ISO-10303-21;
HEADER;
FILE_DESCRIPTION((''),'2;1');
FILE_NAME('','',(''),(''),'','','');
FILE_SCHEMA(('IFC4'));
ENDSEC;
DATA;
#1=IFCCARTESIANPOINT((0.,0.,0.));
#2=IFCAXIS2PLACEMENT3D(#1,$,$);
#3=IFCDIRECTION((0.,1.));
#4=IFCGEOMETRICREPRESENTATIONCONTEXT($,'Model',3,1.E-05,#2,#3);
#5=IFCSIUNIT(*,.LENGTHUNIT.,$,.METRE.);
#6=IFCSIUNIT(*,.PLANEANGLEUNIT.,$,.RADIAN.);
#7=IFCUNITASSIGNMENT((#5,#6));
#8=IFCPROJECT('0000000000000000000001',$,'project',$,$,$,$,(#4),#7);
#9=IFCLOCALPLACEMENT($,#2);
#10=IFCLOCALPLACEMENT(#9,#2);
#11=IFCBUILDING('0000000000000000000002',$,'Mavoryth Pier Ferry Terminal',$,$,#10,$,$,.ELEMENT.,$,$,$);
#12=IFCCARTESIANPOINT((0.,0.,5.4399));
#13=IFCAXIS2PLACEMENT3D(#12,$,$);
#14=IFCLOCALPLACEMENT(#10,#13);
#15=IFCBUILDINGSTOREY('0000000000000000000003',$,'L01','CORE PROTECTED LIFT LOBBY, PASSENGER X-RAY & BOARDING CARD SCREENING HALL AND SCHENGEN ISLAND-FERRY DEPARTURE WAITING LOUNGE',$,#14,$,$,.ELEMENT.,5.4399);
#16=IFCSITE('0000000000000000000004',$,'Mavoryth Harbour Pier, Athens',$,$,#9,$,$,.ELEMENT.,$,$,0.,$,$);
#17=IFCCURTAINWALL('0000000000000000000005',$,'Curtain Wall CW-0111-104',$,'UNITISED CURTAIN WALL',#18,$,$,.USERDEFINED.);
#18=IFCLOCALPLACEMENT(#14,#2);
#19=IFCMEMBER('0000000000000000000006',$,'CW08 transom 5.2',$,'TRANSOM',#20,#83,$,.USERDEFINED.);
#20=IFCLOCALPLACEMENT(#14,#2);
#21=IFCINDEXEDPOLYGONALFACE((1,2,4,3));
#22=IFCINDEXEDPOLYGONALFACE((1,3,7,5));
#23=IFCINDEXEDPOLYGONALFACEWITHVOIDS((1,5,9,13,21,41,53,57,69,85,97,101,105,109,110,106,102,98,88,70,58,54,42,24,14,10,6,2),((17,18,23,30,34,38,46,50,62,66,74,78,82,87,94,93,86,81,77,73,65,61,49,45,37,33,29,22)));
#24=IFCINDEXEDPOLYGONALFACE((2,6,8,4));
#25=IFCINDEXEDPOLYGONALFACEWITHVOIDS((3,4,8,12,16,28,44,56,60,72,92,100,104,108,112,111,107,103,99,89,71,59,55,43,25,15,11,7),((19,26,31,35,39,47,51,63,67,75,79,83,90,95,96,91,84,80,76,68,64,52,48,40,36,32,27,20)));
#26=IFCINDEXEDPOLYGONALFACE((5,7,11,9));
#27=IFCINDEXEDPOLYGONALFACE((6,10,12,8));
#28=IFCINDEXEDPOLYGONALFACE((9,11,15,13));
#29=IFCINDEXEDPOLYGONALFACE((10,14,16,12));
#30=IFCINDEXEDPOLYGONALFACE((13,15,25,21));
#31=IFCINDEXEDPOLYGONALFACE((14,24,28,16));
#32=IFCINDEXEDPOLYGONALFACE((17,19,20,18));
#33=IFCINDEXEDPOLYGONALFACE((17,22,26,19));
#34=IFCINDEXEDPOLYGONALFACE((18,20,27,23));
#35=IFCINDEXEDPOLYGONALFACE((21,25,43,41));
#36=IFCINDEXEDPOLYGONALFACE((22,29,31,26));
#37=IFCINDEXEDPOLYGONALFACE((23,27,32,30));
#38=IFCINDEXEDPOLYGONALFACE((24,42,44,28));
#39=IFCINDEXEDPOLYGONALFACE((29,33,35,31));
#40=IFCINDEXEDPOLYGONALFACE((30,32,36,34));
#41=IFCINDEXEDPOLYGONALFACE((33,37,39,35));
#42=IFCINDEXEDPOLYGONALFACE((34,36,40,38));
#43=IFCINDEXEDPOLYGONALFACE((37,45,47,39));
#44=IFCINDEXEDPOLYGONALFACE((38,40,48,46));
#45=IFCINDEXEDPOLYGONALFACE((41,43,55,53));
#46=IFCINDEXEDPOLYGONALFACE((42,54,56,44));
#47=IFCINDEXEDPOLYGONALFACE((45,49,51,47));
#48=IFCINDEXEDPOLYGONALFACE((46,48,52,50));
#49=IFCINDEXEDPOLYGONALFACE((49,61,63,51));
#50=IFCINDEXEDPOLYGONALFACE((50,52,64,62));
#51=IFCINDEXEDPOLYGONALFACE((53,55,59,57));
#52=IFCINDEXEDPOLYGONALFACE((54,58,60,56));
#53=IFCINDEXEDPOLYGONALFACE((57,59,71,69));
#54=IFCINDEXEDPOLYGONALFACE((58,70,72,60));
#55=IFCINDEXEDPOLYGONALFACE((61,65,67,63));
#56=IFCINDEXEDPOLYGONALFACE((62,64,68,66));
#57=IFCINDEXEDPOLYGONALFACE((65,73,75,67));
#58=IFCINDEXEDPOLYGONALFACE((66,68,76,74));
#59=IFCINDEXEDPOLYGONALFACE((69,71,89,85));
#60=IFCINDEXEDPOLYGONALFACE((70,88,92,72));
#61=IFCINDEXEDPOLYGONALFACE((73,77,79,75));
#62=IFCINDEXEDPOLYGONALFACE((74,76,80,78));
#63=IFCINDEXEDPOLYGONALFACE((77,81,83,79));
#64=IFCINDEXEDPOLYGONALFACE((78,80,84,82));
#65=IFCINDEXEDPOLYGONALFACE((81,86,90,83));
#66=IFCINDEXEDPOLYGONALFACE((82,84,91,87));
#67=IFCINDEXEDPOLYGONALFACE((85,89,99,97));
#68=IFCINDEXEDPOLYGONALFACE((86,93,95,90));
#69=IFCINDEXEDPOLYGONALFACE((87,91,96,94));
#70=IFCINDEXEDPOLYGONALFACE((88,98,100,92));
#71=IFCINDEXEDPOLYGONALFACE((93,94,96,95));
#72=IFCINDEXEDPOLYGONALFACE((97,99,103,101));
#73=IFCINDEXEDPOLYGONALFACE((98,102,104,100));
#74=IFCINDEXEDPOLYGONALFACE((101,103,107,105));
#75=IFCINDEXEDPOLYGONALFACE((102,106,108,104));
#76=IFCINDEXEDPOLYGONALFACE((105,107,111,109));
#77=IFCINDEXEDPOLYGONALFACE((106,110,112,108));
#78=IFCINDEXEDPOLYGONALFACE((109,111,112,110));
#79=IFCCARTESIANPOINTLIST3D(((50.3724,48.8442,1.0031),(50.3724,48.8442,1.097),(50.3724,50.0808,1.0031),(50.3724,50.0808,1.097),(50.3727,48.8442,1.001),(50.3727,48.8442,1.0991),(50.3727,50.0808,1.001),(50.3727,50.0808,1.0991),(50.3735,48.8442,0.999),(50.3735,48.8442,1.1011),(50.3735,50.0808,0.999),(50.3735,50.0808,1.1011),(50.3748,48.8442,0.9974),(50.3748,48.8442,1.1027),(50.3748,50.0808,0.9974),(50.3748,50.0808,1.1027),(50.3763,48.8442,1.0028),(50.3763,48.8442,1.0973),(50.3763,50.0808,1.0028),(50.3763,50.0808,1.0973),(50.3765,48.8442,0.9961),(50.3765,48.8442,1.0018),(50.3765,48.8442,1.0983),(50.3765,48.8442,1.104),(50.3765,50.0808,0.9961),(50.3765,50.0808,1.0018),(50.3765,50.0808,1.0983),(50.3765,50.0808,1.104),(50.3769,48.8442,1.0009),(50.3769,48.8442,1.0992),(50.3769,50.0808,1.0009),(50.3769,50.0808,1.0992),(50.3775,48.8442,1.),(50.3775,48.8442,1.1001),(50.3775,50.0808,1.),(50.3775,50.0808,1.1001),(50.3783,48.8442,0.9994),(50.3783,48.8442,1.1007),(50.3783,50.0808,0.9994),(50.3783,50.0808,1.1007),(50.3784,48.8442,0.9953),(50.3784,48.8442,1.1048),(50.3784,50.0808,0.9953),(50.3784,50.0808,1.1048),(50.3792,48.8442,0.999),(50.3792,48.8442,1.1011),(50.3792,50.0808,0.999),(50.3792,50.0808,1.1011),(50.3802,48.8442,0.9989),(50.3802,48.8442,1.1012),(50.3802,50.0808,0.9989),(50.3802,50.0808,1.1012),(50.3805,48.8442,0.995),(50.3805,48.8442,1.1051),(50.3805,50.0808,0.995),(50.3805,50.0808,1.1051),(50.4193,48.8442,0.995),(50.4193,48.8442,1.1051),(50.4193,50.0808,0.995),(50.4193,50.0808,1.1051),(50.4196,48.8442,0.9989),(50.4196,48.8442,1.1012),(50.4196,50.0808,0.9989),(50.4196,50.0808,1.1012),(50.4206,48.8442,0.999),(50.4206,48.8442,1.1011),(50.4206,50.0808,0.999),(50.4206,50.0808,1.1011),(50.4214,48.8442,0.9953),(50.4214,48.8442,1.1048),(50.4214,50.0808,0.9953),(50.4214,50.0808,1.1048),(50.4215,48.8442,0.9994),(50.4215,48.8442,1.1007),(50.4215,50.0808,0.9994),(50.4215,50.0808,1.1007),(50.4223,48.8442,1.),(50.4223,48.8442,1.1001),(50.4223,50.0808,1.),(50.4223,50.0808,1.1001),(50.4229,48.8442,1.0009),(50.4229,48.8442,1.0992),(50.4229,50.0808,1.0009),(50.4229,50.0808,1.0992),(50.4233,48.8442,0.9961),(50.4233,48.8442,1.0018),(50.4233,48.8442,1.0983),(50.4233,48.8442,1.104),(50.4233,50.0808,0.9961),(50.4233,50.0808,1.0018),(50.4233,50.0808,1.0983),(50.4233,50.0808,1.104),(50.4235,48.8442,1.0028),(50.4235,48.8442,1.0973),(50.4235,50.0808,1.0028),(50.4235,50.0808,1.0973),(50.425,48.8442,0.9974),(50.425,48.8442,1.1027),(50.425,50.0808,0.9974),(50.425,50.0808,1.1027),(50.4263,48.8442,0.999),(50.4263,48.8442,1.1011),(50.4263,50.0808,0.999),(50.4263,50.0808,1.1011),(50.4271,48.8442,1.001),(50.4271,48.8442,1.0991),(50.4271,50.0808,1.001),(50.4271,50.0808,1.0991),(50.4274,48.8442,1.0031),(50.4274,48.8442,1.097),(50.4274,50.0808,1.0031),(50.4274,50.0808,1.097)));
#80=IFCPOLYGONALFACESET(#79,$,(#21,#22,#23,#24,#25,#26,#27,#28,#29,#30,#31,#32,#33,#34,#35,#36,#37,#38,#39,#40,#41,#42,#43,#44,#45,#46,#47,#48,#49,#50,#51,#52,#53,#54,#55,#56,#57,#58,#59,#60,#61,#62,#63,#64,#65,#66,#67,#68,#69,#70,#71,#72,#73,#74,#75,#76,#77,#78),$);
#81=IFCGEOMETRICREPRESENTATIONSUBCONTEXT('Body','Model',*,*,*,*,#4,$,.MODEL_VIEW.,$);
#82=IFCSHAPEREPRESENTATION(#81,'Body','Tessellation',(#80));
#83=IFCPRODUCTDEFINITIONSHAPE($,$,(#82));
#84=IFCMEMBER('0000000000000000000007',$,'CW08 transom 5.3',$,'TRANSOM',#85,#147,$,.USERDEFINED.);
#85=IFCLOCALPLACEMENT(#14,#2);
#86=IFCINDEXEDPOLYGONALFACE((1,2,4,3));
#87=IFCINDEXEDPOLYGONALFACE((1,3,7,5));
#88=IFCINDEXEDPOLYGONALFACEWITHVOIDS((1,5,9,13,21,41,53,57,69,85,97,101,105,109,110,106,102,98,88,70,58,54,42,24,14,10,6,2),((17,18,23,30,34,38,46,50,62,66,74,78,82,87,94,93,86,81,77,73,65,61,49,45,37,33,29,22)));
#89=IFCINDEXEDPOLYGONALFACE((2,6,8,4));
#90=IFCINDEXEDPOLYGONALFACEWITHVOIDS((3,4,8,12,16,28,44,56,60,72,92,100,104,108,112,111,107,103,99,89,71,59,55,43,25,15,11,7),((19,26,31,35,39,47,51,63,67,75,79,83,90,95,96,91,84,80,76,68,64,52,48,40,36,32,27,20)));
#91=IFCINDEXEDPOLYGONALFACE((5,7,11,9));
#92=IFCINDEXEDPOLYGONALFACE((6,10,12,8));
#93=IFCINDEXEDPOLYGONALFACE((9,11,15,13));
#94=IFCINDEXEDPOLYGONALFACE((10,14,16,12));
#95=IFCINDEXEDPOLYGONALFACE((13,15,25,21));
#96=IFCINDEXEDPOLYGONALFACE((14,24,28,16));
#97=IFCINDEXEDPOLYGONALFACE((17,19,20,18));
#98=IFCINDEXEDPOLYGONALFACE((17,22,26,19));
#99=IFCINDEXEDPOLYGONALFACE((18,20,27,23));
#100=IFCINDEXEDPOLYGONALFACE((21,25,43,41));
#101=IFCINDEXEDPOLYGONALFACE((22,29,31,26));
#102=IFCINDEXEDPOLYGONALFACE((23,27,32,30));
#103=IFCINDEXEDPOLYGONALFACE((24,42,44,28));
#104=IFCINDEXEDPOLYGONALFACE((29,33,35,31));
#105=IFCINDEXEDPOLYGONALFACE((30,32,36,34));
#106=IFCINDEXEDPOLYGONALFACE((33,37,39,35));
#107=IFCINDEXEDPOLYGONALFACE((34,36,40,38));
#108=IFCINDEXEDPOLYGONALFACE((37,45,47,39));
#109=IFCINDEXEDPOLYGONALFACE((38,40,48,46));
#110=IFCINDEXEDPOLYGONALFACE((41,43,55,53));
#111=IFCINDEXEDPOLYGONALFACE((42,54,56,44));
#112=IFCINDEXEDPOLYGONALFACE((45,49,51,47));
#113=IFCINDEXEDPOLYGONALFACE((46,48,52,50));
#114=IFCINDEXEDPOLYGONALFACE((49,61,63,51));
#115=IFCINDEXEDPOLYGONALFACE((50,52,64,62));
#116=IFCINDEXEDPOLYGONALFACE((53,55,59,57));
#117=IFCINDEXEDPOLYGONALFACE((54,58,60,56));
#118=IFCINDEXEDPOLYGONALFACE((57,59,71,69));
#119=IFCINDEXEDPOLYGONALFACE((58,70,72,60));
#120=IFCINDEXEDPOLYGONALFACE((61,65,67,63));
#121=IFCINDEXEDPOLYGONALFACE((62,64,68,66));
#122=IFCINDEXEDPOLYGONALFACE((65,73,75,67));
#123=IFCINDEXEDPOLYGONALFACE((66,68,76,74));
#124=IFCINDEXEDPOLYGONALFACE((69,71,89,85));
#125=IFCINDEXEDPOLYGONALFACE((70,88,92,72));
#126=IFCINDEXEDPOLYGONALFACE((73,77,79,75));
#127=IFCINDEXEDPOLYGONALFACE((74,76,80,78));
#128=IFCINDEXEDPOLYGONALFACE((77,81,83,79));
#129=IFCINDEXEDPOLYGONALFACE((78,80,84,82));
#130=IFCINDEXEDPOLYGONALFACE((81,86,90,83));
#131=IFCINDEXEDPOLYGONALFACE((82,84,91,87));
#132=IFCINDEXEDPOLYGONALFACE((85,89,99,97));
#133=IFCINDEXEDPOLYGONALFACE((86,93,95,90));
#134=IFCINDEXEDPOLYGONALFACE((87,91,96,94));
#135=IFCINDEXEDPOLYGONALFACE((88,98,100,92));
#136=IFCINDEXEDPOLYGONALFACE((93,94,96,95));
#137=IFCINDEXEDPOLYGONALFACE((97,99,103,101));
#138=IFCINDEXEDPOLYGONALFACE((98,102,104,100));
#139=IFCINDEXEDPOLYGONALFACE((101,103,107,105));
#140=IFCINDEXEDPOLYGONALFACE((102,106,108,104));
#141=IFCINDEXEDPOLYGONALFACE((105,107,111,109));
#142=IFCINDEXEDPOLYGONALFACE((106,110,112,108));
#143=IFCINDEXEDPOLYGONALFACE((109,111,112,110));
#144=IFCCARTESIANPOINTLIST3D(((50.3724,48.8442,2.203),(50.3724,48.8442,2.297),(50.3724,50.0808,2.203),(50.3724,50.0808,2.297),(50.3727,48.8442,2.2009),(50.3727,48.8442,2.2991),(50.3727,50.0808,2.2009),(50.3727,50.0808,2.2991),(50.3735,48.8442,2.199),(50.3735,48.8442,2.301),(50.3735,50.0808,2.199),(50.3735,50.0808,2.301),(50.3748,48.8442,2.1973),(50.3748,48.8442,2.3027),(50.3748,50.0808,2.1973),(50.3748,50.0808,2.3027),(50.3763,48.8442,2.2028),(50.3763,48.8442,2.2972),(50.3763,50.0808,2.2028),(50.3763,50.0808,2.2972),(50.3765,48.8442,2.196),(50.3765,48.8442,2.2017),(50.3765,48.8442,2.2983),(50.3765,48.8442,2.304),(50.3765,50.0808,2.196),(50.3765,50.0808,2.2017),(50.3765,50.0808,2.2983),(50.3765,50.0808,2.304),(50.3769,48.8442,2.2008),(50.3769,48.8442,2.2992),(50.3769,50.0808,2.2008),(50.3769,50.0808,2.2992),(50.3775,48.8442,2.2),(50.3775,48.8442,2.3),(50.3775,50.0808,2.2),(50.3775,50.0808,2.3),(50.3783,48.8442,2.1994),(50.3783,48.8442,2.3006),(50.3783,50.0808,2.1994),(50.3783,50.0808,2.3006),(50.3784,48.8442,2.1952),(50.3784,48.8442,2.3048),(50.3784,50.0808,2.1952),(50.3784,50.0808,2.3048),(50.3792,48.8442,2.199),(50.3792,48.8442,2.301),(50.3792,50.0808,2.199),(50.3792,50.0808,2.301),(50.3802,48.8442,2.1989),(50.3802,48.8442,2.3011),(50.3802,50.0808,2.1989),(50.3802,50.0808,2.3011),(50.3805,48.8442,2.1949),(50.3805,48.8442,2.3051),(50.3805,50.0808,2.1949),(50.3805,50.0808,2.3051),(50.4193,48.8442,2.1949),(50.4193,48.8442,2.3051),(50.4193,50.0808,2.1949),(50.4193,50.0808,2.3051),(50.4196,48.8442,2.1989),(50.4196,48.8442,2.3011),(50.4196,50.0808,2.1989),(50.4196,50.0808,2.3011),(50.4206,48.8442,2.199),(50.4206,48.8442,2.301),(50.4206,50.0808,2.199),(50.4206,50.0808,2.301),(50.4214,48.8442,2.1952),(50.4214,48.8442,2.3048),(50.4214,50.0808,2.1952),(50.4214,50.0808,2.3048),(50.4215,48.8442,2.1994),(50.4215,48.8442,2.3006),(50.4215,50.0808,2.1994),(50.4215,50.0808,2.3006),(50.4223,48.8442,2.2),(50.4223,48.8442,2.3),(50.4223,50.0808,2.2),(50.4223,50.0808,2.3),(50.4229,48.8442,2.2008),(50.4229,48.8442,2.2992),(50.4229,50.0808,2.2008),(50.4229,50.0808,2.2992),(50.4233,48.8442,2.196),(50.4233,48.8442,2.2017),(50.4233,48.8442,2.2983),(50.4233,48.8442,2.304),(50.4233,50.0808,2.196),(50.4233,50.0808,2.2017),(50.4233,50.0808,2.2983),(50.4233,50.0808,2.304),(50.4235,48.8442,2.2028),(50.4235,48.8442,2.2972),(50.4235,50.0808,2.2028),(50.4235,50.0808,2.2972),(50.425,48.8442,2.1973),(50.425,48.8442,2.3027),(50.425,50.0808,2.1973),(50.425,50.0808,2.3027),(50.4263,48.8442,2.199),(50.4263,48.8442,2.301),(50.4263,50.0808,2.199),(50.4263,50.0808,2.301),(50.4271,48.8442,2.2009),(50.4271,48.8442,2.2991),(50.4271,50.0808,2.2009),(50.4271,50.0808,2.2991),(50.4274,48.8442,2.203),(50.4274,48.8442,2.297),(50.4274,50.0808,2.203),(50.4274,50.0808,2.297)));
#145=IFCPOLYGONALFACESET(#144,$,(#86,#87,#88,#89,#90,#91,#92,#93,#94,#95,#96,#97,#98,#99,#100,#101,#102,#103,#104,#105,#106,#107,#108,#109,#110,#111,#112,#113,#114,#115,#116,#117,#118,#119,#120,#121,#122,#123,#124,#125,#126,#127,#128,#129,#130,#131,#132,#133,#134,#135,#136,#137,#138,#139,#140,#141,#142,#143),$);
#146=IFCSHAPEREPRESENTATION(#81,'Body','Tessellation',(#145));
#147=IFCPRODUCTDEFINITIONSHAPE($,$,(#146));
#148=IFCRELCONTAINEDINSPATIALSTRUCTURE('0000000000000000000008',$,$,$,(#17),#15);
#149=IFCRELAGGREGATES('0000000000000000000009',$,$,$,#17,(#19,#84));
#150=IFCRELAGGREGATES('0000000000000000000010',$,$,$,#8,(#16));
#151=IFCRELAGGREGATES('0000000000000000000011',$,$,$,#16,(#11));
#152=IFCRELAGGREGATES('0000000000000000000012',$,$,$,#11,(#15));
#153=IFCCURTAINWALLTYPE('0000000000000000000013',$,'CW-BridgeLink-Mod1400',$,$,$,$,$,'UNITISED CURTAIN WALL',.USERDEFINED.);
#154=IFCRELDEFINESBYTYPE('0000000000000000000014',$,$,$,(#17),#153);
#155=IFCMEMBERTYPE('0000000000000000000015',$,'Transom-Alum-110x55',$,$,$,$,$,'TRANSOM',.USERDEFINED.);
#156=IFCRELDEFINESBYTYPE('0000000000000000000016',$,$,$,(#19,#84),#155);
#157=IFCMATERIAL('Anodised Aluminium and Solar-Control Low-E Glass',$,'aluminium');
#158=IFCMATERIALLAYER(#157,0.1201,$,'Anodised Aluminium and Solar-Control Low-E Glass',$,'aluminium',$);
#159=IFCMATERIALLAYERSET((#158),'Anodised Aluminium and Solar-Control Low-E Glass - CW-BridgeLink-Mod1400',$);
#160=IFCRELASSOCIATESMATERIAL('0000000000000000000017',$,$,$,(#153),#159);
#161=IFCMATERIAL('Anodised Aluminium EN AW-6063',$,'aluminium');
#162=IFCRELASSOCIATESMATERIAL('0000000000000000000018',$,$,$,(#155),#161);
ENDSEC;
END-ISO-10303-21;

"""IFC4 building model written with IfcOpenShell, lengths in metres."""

from ifc_helpers import new_model, si_unit, direction, frame, origin, origin_2d, place, context, subcontext, project, spatial, hollow_rectangle, extrude, material, layer, layer_set, material_profile, profile_set, type_object, element, aggregate, save


model = new_model("IFC4")

# Units and contexts
model_context = context("Model", 3, precision=1e-05, world=origin(), true_north=direction((0.0, 1.0)))
body_context = subcontext(model_context, "Body", "Model", "MODEL_VIEW")
ifc_project = project(units=[si_unit("LENGTHUNIT", "METRE"), si_unit("PLANEANGLEUNIT", "RADIAN")], contexts=[model_context])

# Site, building, storey
site_placement = place(None, origin())
site = spatial("IfcSite", under=ifc_project, at=site_placement, Name="Mavoryth Harbour Pier, Athens", CompositionType="ELEMENT", RefElevation=0.0)
building_placement = place(site_placement, origin())
building = spatial("IfcBuilding", under=site, at=building_placement, Name="Mavoryth Pier Ferry Terminal", CompositionType="ELEMENT")
storey_placement = place(building_placement, frame((0.0, 0.0, 5.4399)))
storey = spatial("IfcBuildingStorey", under=building, at=storey_placement, Name="L01", Description="CORE PROTECTED LIFT LOBBY, PASSENGER X-RAY & BOARDING CARD SCREENING HALL AND SCHENGEN ISLAND-FERRY DEPARTURE WAITING LOUNGE", CompositionType="ELEMENT", Elevation=5.4399)

# Curtain wall, members
ifc_material_1 = material(Name="Anodised Aluminium and Solar-Control Low-E Glass", Category="aluminium")
ifc_layer_1 = layer(ifc_material_1, 0.1201, Name="Anodised Aluminium and Solar-Control Low-E Glass", Category="aluminium")
ifc_layer_set_1 = layer_set([ifc_layer_1], Name="Anodised Aluminium and Solar-Control Low-E Glass - CW-BridgeLink-Mod1400")
curtain_wall_type = type_object("IfcCurtainWallType", Name="CW-BridgeLink-Mod1400", ElementType="UNITISED CURTAIN WALL", PredefinedType="USERDEFINED", material=ifc_layer_set_1)
curtain_wall_placement = place(storey_placement, origin())
curtain_wall = element("IfcCurtainWall", 1, at=curtain_wall_placement, inside=storey, type_object=curtain_wall_type, Name="Curtain Wall CW-0111-104", ObjectType="UNITISED CURTAIN WALL", PredefinedType="USERDEFINED")
ifc_material_2 = material(Name="Anodised Aluminium EN AW-6063", Category="aluminium")
ifc_material_profile_1 = material_profile(ifc_material_2, hollow_rectangle(XDim=0.0549, YDim=0.1101, WallThickness=0.0039, InnerFilletRadius=0.0039, OuterFilletRadius=0.0081, at=origin_2d()), Name="AL-TRAN 110x55x4", Category="aluminium")
ifc_profile_set_1 = profile_set([ifc_material_profile_1], Name="Anodised Aluminium EN AW-6063 - AL-TRAN 110x55x4")
member_type_1 = type_object("IfcMemberType", Name="Transom-Alum-110x55", ElementType="TRANSOM", PredefinedType="USERDEFINED", material=ifc_profile_set_1)
member_1_placement = place(storey_placement, frame((50.3999, 50.0808, 1.05), z_axis=(0.0, -1.0, 0.0), x_axis=(1.0, 0.0, 0.0)))
member_1 = element("IfcMember", 2, at=member_1_placement, type_object=member_type_1, Name="CW08 transom 5.2", ObjectType="TRANSOM", PredefinedType="USERDEFINED", context=body_context, shape_type="SweptSolid", body=[
    extrude(hollow_rectangle(XDim=0.0549, YDim=0.1101, WallThickness=0.0039, InnerFilletRadius=0.0039, OuterFilletRadius=0.0081, at=origin_2d()), origin(), (0.0, 0.0, 1.0), 1.2366),
])
member_2_placement = place(storey_placement, frame((50.3999, 50.0808, 2.25), z_axis=(0.0, -1.0, 0.0), x_axis=(1.0, 0.0, 0.0)))
member_2 = element("IfcMember", 3, at=member_2_placement, type_object=member_type_1, Name="CW08 transom 5.3", ObjectType="TRANSOM", PredefinedType="USERDEFINED", context=body_context, shape_type="SweptSolid", body=[
    extrude(hollow_rectangle(XDim=0.0549, YDim=0.1101, WallThickness=0.0039, InnerFilletRadius=0.0039, OuterFilletRadius=0.0081, at=origin_2d()), origin(), (0.0, 0.0, 1.0), 1.2366),
])
aggregate(curtain_wall, [member_1, member_2])

save(model, "model.ifc")
